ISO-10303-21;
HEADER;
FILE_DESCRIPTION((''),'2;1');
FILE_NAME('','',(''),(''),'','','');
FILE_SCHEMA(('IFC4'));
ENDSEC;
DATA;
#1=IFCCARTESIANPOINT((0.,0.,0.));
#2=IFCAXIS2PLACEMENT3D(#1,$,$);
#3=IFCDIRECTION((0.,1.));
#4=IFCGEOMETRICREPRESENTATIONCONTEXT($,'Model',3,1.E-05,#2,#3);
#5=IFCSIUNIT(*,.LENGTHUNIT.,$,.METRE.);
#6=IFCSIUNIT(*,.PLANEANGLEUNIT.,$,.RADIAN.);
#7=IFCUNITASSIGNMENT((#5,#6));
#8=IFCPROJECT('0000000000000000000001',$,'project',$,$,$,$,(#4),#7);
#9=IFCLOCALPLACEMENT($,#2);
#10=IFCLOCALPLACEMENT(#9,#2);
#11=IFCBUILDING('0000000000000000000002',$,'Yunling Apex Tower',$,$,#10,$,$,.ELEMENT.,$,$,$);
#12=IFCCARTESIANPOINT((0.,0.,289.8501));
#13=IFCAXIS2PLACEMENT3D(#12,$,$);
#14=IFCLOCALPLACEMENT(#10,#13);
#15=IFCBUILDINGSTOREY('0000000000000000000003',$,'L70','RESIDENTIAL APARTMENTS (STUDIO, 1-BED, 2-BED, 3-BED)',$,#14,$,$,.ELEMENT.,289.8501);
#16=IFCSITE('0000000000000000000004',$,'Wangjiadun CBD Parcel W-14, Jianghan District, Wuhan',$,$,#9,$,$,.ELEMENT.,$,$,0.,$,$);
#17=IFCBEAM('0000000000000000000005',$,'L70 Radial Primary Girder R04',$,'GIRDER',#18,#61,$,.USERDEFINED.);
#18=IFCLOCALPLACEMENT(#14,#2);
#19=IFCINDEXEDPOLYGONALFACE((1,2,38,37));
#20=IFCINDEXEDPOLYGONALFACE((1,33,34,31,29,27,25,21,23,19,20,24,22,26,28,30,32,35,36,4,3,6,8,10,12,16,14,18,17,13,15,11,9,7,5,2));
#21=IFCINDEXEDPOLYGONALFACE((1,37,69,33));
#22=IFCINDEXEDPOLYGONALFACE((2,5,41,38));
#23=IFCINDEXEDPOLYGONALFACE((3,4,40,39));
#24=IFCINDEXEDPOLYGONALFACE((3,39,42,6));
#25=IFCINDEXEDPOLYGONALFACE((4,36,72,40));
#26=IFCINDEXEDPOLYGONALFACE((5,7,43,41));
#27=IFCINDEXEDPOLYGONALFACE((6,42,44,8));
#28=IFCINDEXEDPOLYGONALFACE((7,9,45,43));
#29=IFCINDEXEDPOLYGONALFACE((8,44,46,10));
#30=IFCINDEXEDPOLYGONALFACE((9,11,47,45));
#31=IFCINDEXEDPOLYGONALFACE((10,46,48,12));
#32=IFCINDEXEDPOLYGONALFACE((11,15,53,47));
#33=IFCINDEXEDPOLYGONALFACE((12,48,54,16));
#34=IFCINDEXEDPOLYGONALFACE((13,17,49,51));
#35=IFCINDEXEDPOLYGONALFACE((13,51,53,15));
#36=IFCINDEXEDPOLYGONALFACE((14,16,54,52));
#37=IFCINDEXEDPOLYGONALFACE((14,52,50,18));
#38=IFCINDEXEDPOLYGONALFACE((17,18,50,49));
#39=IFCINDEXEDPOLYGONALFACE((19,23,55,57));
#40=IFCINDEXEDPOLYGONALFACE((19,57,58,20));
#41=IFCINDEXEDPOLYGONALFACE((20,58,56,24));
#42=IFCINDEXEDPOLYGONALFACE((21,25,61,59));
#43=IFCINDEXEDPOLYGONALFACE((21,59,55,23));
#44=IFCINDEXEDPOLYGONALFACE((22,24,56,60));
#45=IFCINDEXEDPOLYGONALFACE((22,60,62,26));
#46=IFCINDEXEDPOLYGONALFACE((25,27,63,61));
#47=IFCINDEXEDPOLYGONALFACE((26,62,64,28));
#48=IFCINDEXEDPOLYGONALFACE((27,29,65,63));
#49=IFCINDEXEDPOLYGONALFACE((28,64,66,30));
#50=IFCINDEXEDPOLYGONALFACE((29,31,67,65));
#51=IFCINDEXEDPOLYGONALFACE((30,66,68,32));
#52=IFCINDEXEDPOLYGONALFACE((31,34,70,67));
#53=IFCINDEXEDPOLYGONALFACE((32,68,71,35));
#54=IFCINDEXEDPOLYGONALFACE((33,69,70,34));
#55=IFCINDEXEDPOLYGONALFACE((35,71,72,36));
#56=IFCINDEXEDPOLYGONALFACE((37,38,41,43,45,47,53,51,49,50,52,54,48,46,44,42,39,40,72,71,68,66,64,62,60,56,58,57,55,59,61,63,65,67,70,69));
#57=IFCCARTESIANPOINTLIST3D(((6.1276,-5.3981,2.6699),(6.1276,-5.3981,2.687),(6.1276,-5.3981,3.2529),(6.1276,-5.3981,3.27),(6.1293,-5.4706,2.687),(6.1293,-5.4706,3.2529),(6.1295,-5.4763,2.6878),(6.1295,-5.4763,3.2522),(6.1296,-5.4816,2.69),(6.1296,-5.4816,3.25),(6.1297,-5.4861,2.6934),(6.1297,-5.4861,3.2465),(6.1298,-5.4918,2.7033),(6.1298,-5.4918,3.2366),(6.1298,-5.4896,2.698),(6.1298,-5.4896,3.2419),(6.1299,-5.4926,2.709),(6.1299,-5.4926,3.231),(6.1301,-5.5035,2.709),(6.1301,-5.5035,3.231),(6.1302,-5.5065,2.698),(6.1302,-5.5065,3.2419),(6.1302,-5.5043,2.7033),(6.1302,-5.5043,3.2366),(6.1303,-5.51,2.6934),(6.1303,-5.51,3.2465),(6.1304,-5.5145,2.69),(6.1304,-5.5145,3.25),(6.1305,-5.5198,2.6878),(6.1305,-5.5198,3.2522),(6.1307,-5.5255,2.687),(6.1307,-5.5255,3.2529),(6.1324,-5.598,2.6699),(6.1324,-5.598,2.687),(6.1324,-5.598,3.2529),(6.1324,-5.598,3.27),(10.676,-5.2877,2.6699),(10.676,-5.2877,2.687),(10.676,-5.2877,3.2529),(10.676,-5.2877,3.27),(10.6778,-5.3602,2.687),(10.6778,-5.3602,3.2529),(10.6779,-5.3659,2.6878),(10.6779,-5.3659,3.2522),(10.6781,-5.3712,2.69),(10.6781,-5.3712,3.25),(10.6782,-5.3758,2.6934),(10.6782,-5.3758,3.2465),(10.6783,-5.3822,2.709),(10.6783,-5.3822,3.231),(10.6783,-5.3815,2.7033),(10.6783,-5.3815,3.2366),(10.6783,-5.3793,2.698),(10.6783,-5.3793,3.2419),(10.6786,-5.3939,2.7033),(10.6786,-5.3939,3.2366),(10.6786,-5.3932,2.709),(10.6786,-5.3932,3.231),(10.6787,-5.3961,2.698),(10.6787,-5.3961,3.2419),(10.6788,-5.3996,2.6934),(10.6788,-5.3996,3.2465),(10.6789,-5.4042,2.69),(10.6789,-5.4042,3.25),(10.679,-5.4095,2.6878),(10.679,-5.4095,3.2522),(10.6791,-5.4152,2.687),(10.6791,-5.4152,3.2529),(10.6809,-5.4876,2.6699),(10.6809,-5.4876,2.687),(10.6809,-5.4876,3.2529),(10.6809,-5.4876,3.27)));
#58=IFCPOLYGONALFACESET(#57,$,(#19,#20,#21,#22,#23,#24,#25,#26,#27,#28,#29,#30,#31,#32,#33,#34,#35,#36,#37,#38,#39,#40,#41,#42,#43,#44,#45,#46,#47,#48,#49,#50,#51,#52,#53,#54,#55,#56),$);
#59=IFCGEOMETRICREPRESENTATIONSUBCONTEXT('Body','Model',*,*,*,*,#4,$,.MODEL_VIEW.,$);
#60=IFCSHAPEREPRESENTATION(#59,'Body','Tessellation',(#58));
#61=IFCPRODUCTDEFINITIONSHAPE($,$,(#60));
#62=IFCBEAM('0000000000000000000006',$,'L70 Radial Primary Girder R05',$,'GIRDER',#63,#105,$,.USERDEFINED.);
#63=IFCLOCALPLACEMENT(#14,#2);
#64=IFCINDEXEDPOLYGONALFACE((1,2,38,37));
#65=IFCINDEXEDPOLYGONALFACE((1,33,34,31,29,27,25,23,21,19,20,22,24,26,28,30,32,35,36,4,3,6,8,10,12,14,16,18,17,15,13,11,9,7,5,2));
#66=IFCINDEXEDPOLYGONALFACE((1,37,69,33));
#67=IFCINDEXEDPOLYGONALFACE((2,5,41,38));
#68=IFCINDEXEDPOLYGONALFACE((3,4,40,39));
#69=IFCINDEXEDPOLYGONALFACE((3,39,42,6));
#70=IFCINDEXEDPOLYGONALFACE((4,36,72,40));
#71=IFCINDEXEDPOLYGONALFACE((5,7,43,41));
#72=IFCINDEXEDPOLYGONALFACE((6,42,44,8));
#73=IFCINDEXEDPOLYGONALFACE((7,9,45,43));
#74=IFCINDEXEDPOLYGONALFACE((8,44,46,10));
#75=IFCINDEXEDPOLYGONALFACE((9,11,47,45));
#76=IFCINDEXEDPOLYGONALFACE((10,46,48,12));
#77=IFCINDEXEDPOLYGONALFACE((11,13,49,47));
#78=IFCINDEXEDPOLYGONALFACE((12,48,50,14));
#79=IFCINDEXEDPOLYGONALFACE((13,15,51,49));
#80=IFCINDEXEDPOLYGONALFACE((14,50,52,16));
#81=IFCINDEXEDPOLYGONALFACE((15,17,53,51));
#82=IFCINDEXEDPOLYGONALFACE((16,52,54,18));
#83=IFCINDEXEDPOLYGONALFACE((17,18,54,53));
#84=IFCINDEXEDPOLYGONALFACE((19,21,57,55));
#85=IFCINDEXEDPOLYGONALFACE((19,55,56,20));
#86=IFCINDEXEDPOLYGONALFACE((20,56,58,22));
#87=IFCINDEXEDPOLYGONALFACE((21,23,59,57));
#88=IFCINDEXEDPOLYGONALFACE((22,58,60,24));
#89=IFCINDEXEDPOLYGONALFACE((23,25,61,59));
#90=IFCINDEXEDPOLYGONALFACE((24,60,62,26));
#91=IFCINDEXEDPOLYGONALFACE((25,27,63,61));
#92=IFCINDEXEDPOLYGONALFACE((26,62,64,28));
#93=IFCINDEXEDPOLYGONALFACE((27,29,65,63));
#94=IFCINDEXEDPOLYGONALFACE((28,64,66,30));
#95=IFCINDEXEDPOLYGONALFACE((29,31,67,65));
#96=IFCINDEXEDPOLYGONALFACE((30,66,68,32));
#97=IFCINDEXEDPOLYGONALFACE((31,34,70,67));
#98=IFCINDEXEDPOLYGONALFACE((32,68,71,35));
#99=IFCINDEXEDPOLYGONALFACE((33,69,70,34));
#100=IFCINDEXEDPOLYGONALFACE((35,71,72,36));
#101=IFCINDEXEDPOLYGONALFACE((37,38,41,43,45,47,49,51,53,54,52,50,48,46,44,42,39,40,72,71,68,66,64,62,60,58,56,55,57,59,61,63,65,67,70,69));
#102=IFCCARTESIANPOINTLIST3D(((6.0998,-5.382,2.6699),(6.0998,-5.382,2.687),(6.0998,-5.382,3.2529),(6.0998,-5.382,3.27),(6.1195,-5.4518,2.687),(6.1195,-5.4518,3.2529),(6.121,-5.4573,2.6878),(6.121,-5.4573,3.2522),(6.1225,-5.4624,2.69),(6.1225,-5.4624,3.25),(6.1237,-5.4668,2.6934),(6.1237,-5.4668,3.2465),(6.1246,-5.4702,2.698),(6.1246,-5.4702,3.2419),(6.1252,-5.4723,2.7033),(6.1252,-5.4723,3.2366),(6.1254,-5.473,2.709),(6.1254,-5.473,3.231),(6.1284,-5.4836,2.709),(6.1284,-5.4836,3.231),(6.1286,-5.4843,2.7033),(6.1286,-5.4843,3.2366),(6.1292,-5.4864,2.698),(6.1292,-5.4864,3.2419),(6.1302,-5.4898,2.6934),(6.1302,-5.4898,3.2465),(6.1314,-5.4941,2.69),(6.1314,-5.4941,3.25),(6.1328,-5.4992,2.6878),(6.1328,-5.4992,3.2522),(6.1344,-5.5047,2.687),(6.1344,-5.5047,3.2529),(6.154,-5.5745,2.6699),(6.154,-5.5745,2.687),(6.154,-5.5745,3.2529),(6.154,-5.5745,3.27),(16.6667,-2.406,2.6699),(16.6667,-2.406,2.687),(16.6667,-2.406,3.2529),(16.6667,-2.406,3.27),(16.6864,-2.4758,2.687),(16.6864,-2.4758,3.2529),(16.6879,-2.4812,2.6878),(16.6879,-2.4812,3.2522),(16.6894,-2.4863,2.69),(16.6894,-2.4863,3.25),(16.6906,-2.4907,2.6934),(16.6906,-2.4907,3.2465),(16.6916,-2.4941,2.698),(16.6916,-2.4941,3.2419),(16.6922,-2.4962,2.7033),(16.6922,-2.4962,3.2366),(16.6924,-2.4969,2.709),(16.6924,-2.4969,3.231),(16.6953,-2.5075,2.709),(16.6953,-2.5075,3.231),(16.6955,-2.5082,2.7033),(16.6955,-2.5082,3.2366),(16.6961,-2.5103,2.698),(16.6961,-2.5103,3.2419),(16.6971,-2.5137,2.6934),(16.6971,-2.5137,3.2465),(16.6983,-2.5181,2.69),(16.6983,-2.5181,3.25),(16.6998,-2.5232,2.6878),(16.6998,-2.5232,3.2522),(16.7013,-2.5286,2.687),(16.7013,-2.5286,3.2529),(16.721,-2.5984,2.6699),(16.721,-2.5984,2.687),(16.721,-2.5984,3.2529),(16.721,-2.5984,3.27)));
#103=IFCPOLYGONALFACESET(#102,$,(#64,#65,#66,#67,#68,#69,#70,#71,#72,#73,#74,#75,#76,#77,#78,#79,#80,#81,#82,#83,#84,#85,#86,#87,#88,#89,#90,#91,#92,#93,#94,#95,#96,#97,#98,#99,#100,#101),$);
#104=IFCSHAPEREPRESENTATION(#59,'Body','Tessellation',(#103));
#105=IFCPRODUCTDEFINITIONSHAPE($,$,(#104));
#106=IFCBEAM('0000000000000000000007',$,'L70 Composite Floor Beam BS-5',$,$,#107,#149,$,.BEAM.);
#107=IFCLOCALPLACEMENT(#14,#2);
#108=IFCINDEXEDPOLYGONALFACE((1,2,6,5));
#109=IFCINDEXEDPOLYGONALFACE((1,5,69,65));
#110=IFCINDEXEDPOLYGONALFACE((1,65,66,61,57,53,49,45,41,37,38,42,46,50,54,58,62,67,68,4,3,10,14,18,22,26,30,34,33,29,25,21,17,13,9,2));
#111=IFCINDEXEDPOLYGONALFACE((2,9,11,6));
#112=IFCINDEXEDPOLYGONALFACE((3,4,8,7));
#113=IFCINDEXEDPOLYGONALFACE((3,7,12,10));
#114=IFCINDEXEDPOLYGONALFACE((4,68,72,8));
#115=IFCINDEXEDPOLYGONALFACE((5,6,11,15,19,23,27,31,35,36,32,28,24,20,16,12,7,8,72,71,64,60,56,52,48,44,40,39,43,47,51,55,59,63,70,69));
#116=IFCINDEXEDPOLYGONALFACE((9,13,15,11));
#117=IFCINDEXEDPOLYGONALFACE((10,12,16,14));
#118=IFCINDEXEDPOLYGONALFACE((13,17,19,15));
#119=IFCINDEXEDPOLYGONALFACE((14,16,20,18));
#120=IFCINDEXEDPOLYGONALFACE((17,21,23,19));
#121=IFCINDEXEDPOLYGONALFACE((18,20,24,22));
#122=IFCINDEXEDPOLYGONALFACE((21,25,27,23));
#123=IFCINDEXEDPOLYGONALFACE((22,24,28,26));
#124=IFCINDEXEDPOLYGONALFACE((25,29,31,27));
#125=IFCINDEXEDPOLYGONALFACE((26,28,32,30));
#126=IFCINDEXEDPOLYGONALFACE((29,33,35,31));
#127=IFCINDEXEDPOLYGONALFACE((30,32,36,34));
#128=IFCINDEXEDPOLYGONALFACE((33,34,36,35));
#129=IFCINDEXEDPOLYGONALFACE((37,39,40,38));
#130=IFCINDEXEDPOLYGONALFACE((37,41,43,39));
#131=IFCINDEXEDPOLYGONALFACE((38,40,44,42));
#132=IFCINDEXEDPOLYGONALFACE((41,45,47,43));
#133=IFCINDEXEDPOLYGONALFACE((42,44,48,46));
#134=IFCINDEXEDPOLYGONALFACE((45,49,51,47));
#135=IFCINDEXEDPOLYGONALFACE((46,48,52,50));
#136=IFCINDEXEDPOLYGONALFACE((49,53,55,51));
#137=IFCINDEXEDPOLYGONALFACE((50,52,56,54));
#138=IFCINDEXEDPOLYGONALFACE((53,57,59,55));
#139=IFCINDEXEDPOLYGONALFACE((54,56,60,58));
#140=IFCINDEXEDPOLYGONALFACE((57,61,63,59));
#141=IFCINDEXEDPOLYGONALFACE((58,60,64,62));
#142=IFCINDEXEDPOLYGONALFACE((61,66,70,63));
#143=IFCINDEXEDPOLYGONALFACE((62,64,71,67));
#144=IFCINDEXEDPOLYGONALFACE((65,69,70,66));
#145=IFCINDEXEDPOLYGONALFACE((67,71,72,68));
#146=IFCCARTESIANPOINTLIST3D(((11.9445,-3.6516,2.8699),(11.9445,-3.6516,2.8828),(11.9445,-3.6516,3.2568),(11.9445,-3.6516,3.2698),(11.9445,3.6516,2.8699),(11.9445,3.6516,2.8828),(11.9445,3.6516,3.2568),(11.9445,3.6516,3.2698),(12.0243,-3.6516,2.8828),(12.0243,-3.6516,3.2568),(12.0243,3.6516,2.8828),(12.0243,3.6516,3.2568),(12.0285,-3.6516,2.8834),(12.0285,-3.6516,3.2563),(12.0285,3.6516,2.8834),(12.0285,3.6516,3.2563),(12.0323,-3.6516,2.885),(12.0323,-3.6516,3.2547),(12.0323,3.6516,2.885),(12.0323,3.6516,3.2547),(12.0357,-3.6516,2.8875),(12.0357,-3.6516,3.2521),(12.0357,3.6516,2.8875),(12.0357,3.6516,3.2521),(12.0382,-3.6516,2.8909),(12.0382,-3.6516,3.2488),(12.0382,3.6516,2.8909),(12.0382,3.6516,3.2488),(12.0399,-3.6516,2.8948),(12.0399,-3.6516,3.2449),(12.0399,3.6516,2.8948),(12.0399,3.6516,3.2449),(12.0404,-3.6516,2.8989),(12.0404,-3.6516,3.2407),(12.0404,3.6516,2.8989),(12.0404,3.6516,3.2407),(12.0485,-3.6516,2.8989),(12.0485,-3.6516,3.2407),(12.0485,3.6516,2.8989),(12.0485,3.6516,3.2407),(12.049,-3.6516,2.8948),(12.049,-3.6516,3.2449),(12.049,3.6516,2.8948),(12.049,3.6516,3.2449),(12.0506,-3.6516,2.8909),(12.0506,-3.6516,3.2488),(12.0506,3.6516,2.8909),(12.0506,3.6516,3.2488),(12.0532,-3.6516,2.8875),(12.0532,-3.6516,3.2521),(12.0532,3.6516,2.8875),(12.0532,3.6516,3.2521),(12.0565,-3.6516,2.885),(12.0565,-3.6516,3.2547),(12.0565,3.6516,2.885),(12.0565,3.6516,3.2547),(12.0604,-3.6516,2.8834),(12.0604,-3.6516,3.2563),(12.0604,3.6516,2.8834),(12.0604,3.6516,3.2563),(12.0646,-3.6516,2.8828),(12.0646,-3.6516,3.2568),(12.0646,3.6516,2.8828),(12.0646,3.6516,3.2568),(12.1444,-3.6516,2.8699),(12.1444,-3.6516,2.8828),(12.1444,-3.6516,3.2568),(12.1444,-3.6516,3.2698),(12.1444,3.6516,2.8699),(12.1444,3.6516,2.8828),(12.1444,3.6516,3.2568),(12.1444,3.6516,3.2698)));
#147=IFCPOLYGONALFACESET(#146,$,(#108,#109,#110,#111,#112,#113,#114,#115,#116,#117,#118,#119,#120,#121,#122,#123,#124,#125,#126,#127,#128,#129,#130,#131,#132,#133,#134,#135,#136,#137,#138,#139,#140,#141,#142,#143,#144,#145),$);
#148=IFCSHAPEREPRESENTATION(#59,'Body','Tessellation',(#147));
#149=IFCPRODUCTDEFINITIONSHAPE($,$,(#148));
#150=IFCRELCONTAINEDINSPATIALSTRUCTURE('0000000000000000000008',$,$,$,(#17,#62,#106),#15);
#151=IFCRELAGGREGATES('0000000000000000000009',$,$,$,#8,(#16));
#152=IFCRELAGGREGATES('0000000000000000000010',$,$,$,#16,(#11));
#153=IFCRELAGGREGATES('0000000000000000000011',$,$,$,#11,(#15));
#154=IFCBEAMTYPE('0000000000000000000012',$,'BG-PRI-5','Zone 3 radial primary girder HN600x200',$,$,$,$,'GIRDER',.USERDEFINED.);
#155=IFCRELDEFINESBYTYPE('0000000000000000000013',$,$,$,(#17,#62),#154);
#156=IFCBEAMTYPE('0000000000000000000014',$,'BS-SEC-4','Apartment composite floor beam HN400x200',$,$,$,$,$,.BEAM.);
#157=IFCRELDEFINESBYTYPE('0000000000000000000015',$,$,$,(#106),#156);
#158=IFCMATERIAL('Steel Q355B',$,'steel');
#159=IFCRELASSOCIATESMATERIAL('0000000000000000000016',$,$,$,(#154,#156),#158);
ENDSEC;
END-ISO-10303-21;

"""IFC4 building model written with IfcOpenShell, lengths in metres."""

from ifc_helpers import new_model, si_unit, direction, frame, origin, origin_2d, place, context, subcontext, project, spatial, i_section, extrude, source, transform, mapped, material, material_profile, profile_set, type_object, element, save


model = new_model("IFC4")

# Units and contexts
model_context = context("Model", 3, precision=1e-05, world=origin(), true_north=direction((0.0, 1.0)))
body_context = subcontext(model_context, "Body", "Model", "MODEL_VIEW")
ifc_project = project(units=[si_unit("LENGTHUNIT", "METRE"), si_unit("PLANEANGLEUNIT", "RADIAN")], contexts=[model_context])

# Site, building, storey
site_placement = place(None, origin())
site = spatial("IfcSite", under=ifc_project, at=site_placement, Name="Wangjiadun CBD Parcel W-14, Jianghan District, Wuhan", CompositionType="ELEMENT", RefElevation=0.0)
building_placement = place(site_placement, origin())
building = spatial("IfcBuilding", under=site, at=building_placement, Name="Yunling Apex Tower", CompositionType="ELEMENT")
storey_placement = place(building_placement, frame((0.0, 0.0, 289.8501)))
storey = spatial("IfcBuildingStorey", under=building, at=storey_placement, Name="L70", Description="RESIDENTIAL APARTMENTS (STUDIO, 1-BED, 2-BED, 3-BED)", CompositionType="ELEMENT", Elevation=289.8501)

# Shared definitions
ifc_material_1 = material(Name="Steel Q355B", Category="steel")

# Beams
ifc_material_profile_1 = material_profile(ifc_material_1, i_section(OverallWidth=0.2, OverallDepth=0.6001, WebThickness=0.011, FlangeThickness=0.0171, FilletRadius=0.022, at=origin_2d()))
ifc_profile_set_1 = profile_set([ifc_material_profile_1], Name="Steel Q355B")
beam_type_1 = type_object("IfcBeamType", Name="BG-PRI-5", Description="Zone 3 radial primary girder HN600x200", ElementType="GIRDER", PredefinedType="USERDEFINED", material=ifc_profile_set_1)
shared_shape_1 = source(origin(), body_context, "Body", "SweptSolid", [
    extrude(i_section(OverallWidth=0.2, OverallDepth=0.6001, WebThickness=0.011, FlangeThickness=0.0171, FilletRadius=0.022, at=origin_2d()), origin(), (0.0, 0.0, 1.0), 4.5498),
])
beam_1_placement = place(storey_placement, frame((10.6785, -5.3877, 2.97), z_axis=(-0.999706, -0.024254, 0.0), x_axis=(0.024254, -0.999706, 0.0)))
element("IfcBeam", 1, at=beam_1_placement, inside=storey, type_object=beam_type_1, Name="L70 Radial Primary Girder R04", ObjectType="GIRDER", PredefinedType="USERDEFINED", context=body_context, shape_type="MappedRepresentation", body=[
    mapped(shared_shape_1, transform((0.0, 0.0, 0.0), scale=1.0)),
])
shared_shape_2 = source(origin(), body_context, "Body", "SweptSolid", [
    extrude(i_section(OverallWidth=0.2, OverallDepth=0.6001, WebThickness=0.011, FlangeThickness=0.0171, FilletRadius=0.022, at=origin_2d()), origin(), (0.0, 0.0, 1.0), 10.978),
])
beam_2_placement = place(storey_placement, frame((16.6938, -2.5022, 2.97), z_axis=(-0.962553, -0.271095, 0.0), x_axis=(0.271095, -0.962553, 0.0)))
element("IfcBeam", 2, at=beam_2_placement, inside=storey, type_object=beam_type_1, Name="L70 Radial Primary Girder R05", ObjectType="GIRDER", PredefinedType="USERDEFINED", context=body_context, shape_type="MappedRepresentation", body=[
    mapped(shared_shape_2, transform((0.0, 0.0, 0.0), scale=1.0)),
])
ifc_material_profile_2 = material_profile(ifc_material_1, i_section(OverallWidth=0.2, OverallDepth=0.3999, WebThickness=0.0081, FlangeThickness=0.0129, FilletRadius=0.0161, at=origin_2d()))
ifc_profile_set_2 = profile_set([ifc_material_profile_2], Name="Steel Q355B")
beam_type_2 = type_object("IfcBeamType", Name="BS-SEC-4", Description="Apartment composite floor beam HN400x200", PredefinedType="BEAM", material=ifc_profile_set_2)
shared_shape_3 = source(origin(), body_context, "Body", "SweptSolid", [
    extrude(i_section(OverallWidth=0.2, OverallDepth=0.3999, WebThickness=0.0081, FlangeThickness=0.0129, FilletRadius=0.0161, at=origin_2d()), origin(), (0.0, 0.0, 1.0), 7.3032),
])
beam_3_placement = place(storey_placement, frame((12.0444, -3.6516, 3.0698), z_axis=(0.0, 1.0, 0.0), x_axis=(-1.0, 0.0, 0.0)))
element("IfcBeam", 3, at=beam_3_placement, inside=storey, type_object=beam_type_2, Name="L70 Composite Floor Beam BS-5", PredefinedType="BEAM", context=body_context, shape_type="MappedRepresentation", body=[
    mapped(shared_shape_3, transform((0.0, 0.0, 0.0), scale=1.0)),
])

save(model, "model.ifc")
